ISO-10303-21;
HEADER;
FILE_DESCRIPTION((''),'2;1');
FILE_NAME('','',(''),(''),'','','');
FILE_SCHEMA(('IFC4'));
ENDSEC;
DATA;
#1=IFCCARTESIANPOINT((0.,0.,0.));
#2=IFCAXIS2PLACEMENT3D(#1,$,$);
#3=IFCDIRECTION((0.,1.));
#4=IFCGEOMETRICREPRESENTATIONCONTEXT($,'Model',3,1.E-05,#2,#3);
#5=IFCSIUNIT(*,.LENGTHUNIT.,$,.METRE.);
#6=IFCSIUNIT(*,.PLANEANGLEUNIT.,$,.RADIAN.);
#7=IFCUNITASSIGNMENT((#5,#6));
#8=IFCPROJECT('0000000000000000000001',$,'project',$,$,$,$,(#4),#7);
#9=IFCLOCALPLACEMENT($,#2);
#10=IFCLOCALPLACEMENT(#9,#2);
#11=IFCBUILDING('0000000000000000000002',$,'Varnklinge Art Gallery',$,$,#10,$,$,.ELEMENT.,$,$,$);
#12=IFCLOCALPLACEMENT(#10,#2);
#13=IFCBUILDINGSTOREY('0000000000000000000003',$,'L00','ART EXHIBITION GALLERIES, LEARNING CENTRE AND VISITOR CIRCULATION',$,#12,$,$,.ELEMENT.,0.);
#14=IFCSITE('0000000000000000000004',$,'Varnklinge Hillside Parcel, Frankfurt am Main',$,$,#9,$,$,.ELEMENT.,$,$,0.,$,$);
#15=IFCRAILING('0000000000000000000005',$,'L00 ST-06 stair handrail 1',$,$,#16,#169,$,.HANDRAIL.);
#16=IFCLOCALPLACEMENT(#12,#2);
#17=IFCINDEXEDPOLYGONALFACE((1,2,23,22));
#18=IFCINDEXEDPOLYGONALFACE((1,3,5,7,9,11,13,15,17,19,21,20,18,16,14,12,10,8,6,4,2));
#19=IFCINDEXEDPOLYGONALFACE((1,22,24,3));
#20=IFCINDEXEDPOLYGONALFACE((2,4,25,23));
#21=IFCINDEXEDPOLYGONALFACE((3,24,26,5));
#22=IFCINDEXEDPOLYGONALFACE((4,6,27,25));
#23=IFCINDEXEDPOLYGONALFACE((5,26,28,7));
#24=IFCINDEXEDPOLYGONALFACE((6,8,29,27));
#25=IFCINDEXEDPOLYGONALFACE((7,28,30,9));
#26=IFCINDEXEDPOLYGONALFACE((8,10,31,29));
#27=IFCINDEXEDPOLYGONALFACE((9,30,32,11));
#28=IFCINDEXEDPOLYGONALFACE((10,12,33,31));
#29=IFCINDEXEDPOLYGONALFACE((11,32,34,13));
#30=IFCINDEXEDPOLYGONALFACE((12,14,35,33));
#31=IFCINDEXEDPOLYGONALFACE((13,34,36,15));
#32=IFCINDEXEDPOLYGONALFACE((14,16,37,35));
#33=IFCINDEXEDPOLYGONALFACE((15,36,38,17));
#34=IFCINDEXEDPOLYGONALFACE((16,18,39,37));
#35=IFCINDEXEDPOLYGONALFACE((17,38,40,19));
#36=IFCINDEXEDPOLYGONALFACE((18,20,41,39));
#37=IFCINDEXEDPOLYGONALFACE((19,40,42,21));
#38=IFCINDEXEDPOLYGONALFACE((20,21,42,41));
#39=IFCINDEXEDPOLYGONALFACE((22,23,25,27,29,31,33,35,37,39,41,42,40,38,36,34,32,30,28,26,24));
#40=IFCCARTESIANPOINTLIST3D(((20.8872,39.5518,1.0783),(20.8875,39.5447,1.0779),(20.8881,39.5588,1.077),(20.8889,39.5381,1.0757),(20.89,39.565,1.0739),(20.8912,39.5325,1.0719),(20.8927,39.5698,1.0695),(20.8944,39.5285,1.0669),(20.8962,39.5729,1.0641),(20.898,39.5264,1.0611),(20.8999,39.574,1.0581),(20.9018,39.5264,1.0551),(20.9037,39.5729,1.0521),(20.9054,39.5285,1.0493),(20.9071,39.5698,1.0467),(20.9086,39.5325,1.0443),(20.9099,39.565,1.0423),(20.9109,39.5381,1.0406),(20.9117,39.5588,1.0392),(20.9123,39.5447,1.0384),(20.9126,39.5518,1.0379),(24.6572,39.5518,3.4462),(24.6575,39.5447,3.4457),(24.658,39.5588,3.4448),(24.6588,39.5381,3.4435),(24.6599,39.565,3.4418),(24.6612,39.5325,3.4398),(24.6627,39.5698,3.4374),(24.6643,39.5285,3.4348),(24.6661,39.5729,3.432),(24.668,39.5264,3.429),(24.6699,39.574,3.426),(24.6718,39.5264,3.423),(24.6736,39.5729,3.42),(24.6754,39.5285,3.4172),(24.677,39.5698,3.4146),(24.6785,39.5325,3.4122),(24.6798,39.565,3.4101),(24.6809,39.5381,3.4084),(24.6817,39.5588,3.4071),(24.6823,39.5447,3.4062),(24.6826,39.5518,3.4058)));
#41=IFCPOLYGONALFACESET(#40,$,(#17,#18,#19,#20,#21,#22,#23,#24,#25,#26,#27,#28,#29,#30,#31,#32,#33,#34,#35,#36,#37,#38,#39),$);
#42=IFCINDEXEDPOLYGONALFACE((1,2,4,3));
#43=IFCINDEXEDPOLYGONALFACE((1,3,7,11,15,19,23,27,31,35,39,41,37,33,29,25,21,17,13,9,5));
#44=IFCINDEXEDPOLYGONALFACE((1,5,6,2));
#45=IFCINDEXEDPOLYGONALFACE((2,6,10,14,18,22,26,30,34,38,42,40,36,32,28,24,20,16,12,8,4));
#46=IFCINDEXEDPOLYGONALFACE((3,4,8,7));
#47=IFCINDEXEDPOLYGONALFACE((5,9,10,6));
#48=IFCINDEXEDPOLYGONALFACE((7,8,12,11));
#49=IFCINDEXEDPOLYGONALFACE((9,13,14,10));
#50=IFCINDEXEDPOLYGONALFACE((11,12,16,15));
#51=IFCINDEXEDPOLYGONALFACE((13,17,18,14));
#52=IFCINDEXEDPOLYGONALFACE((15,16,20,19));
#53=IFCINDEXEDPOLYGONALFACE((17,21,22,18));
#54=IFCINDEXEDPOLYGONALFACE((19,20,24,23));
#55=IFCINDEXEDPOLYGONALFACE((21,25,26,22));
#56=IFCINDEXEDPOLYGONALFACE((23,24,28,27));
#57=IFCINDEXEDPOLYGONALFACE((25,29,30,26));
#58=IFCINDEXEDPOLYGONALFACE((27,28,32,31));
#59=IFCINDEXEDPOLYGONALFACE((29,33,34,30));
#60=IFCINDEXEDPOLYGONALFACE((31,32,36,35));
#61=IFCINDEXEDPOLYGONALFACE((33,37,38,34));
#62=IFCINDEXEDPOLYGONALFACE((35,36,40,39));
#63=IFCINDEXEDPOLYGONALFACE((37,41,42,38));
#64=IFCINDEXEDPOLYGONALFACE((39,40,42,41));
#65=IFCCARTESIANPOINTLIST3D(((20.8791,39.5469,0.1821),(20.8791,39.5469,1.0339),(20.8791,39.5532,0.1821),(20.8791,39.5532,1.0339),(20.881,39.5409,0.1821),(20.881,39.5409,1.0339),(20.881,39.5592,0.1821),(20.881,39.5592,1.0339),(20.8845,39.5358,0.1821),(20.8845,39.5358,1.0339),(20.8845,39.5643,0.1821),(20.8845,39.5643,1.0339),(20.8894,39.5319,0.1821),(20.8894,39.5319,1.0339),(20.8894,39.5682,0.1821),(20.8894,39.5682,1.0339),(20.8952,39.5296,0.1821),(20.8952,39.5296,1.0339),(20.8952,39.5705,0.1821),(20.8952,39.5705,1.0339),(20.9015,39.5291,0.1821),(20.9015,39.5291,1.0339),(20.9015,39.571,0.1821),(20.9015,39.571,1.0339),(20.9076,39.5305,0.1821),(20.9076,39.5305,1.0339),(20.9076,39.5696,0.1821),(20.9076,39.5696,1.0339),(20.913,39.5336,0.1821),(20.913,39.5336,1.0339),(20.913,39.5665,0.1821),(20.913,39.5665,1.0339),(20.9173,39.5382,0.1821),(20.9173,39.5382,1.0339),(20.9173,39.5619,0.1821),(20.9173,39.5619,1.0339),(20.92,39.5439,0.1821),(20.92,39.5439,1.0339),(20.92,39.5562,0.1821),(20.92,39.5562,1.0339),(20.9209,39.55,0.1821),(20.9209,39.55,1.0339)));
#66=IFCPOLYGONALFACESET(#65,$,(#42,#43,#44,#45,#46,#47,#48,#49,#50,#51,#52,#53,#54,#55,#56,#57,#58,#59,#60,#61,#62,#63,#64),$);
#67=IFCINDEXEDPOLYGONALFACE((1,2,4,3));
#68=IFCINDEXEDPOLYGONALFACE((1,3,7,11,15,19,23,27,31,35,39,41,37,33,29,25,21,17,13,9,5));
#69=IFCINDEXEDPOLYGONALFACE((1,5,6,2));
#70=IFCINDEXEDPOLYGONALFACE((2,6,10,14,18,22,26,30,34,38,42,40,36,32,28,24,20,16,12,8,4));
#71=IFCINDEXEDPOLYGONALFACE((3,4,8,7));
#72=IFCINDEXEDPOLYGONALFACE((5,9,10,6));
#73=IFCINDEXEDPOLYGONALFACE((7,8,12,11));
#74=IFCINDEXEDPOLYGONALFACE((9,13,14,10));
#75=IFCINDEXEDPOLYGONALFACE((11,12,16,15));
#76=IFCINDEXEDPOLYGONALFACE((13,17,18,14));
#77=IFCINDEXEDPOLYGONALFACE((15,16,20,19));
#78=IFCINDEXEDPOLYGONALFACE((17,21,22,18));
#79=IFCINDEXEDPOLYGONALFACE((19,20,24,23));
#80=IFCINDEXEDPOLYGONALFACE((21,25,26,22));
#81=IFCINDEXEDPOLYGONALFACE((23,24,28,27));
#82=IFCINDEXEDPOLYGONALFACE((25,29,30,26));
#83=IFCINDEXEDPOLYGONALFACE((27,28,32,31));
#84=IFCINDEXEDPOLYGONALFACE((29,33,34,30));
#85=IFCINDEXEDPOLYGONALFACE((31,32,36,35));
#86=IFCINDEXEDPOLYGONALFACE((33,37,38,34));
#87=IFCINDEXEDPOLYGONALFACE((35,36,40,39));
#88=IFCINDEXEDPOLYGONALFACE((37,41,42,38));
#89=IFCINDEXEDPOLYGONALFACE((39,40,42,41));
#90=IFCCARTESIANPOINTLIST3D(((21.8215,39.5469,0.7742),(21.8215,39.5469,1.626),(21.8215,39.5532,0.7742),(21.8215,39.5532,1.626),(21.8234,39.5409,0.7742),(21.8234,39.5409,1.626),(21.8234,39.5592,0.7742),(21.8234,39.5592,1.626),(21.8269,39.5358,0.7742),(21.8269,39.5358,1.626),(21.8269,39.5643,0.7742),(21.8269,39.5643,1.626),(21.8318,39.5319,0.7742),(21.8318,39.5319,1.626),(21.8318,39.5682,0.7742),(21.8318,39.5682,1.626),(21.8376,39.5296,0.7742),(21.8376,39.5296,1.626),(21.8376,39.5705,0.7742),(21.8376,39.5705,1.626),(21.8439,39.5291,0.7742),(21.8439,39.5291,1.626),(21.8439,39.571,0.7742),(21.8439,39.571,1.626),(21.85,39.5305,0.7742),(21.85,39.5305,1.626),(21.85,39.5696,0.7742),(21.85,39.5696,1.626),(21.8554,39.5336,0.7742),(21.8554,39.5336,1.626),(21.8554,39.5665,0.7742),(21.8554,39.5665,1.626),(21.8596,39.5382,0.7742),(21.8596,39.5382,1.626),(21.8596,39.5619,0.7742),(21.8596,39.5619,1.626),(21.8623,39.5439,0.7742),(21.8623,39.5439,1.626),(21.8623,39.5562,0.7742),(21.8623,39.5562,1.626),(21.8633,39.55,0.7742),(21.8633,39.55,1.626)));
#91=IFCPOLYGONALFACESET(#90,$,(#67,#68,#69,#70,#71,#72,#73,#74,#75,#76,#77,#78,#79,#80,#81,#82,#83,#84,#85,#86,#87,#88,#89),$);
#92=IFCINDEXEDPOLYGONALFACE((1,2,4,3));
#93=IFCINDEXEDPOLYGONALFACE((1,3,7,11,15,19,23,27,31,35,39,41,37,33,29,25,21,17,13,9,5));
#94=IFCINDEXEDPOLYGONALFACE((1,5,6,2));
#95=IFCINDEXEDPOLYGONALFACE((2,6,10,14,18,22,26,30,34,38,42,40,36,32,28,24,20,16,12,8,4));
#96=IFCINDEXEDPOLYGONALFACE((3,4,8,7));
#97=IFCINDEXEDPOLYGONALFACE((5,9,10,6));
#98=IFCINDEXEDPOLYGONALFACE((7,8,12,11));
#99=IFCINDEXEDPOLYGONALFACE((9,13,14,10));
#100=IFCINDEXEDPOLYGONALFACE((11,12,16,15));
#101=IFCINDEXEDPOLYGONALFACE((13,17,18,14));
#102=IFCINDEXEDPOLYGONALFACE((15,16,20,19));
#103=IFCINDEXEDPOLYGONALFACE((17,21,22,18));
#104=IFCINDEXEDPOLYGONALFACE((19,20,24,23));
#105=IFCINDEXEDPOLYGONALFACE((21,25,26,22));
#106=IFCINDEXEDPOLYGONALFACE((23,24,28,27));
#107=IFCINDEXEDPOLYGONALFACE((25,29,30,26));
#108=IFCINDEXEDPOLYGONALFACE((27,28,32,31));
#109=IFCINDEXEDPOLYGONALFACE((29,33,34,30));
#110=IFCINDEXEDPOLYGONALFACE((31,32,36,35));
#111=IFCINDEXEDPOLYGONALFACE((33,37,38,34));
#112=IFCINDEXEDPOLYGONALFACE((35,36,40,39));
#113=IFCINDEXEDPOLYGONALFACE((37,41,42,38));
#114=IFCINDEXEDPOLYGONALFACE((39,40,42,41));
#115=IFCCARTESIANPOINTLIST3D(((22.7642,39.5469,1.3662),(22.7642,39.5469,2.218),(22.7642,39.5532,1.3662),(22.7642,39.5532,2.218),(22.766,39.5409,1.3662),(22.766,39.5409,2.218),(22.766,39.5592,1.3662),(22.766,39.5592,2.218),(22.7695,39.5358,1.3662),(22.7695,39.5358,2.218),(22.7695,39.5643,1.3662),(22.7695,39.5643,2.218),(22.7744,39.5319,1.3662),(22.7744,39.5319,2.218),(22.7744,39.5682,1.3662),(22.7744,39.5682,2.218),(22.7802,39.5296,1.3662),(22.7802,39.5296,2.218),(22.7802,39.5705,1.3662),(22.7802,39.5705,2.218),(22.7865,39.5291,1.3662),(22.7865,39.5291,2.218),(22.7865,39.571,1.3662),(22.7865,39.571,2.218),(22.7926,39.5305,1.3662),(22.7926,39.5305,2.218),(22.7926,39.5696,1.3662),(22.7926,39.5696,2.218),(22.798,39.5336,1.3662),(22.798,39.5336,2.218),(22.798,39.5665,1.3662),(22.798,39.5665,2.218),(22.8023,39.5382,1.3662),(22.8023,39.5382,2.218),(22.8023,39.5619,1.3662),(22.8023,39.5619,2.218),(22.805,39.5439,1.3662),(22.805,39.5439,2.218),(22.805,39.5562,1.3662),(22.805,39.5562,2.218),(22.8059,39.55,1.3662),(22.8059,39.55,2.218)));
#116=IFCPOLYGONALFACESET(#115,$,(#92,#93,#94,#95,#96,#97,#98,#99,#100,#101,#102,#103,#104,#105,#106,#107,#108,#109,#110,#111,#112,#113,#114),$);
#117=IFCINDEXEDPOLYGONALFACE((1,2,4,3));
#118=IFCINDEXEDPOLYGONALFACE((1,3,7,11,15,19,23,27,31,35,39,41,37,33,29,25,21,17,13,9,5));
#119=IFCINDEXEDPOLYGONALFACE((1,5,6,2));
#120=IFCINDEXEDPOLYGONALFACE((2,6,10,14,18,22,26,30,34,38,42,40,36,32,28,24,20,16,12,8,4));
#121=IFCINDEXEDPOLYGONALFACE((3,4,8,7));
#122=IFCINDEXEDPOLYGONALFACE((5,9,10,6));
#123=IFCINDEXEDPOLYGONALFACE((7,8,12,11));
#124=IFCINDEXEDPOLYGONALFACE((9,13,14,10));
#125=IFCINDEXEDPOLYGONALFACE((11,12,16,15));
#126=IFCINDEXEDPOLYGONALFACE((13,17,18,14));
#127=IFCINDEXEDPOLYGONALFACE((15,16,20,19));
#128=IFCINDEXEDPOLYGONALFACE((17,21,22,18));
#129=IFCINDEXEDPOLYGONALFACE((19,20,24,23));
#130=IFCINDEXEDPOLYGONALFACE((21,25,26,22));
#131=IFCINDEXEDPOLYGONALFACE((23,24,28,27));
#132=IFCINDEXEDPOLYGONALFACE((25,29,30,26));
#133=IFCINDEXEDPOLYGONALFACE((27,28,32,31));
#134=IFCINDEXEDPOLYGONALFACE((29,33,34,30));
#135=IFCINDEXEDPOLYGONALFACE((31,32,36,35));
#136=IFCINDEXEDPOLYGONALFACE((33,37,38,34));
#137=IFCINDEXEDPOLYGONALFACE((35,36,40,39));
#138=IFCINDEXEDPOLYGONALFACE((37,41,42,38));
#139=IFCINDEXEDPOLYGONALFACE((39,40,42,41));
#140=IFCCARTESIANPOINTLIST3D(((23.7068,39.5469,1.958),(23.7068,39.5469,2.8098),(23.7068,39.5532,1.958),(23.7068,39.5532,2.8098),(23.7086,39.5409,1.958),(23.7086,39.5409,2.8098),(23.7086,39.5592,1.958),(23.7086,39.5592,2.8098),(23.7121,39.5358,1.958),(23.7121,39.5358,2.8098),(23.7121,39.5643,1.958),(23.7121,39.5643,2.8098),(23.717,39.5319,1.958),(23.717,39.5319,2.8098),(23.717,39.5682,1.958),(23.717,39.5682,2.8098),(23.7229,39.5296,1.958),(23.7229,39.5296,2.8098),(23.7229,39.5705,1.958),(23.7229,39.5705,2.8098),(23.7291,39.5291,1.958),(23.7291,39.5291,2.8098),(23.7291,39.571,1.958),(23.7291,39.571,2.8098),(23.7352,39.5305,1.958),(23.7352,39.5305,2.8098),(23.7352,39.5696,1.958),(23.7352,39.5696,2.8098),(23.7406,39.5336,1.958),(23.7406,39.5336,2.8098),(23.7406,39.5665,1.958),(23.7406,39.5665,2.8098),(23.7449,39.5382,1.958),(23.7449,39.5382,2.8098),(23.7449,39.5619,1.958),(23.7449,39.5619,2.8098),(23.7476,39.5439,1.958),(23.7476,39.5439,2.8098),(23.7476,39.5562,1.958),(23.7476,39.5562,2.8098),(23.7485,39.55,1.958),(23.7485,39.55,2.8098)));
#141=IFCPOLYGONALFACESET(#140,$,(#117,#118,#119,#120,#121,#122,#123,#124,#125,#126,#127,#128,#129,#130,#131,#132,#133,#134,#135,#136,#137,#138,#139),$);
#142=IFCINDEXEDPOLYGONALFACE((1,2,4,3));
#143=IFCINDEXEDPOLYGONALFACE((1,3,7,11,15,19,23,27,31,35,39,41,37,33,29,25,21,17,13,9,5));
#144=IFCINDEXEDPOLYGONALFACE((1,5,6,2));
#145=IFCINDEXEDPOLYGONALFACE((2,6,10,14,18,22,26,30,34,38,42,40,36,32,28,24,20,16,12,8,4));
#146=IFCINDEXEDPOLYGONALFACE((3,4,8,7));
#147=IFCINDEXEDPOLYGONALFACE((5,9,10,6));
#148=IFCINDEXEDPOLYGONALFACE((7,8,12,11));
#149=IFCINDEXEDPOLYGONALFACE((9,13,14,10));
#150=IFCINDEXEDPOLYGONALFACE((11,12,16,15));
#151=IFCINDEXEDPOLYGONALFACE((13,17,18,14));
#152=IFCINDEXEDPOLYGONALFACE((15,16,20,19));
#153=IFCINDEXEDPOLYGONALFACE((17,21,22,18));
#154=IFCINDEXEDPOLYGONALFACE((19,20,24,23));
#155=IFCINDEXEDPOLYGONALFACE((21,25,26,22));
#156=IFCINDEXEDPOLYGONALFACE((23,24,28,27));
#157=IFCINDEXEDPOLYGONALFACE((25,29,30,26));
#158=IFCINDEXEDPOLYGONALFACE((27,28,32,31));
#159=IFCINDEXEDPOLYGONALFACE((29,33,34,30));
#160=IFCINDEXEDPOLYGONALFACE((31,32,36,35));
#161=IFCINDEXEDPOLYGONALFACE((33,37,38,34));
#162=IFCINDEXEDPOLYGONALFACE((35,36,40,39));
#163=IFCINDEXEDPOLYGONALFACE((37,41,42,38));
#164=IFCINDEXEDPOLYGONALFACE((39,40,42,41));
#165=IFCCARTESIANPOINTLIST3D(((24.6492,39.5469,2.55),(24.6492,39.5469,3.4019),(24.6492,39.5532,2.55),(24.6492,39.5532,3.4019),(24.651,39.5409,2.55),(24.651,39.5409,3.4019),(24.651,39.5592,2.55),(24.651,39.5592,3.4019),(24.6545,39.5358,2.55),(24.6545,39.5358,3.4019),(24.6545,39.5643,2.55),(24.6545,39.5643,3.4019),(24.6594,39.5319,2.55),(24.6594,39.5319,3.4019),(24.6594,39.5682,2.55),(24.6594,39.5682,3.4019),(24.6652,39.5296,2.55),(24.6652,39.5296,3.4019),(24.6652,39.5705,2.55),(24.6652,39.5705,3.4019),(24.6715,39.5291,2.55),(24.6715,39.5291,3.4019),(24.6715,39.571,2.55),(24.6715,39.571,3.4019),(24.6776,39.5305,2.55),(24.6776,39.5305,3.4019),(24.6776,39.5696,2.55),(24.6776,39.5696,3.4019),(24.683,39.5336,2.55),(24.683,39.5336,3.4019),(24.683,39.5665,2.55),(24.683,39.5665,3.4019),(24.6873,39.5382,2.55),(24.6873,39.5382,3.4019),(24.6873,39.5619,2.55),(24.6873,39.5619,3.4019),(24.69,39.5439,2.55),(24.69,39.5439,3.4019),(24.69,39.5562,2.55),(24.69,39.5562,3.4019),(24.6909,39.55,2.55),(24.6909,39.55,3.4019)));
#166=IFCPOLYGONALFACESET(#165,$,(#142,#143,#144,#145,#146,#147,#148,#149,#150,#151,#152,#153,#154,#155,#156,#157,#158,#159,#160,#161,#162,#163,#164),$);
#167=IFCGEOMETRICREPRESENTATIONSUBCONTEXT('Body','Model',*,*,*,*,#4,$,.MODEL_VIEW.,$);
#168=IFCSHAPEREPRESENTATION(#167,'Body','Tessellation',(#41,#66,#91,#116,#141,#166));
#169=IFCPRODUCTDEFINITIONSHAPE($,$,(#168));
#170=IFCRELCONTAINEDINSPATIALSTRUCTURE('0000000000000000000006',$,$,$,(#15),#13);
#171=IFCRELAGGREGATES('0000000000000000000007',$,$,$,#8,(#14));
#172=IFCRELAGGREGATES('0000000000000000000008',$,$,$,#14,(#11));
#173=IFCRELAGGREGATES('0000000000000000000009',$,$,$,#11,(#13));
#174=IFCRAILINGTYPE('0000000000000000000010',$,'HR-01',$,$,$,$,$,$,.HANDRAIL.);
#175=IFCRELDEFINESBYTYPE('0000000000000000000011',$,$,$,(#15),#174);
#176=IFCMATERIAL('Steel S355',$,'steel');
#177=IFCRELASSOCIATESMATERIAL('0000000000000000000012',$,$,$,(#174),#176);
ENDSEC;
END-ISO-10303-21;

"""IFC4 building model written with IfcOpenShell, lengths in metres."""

from ifc_helpers import new_model, si_unit, direction, frame, origin, origin_2d, place, context, subcontext, project, spatial, circle, extrude, material, type_object, element, save


model = new_model("IFC4")

# Units and contexts
model_context = context("Model", 3, precision=1e-05, world=origin(), true_north=direction((0.0, 1.0)))
body_context = subcontext(model_context, "Body", "Model", "MODEL_VIEW")
ifc_project = project(units=[si_unit("LENGTHUNIT", "METRE"), si_unit("PLANEANGLEUNIT", "RADIAN")], contexts=[model_context])

# Site, building, storey
site_placement = place(None, origin())
site = spatial("IfcSite", under=ifc_project, at=site_placement, Name="Varnklinge Hillside Parcel, Frankfurt am Main", CompositionType="ELEMENT", RefElevation=0.0)
building_placement = place(site_placement, origin())
building = spatial("IfcBuilding", under=site, at=building_placement, Name="Varnklinge Art Gallery", CompositionType="ELEMENT")
storey_placement = place(building_placement, origin())
storey = spatial("IfcBuildingStorey", under=building, at=storey_placement, Name="L00", Description="ART EXHIBITION GALLERIES, LEARNING CENTRE AND VISITOR CIRCULATION", CompositionType="ELEMENT", Elevation=0.0)

# Railing
ifc_material_1 = material(Name="Steel S355", Category="steel")
railing_type_1 = type_object("IfcRailingType", Name="HR-01", PredefinedType="HANDRAIL", material=ifc_material_1)
railing_1_placement = place(storey_placement, frame((20.8999, 39.55, 0.1821)))
element("IfcRailing", 1, at=railing_1_placement, inside=storey, type_object=railing_type_1, Name="L00 ST-06 stair handrail 1", PredefinedType="HANDRAIL", context=body_context, shape_type="SweptSolid", body=[
    extrude(circle(Radius=0.0239, at=origin_2d()), frame((0.0, 0.0, 0.876), z_axis=(0.846819, 0.0, 0.531881), x_axis=(0.0, 1.0, 0.0)), (0.0, 0.0, 1.0), 4.4519),
    extrude(circle(Radius=0.021, at=origin_2d()), origin(), (0.0, 0.0, 1.0), 0.8518),
    extrude(circle(Radius=0.021, at=origin_2d()), frame((0.9424, 0.0, 0.592)), (0.0, 0.0, 1.0), 0.8518),
    extrude(circle(Radius=0.021, at=origin_2d()), frame((1.885, 0.0, 1.1841)), (0.0, 0.0, 1.0), 0.8518),
    extrude(circle(Radius=0.021, at=origin_2d()), frame((2.8276, 0.0, 1.7759)), (0.0, 0.0, 1.0), 0.8518),
    extrude(circle(Radius=0.021, at=origin_2d()), frame((3.77, 0.0, 2.3679)), (0.0, 0.0, 1.0), 0.8518),
])

save(model, "model.ifc")
